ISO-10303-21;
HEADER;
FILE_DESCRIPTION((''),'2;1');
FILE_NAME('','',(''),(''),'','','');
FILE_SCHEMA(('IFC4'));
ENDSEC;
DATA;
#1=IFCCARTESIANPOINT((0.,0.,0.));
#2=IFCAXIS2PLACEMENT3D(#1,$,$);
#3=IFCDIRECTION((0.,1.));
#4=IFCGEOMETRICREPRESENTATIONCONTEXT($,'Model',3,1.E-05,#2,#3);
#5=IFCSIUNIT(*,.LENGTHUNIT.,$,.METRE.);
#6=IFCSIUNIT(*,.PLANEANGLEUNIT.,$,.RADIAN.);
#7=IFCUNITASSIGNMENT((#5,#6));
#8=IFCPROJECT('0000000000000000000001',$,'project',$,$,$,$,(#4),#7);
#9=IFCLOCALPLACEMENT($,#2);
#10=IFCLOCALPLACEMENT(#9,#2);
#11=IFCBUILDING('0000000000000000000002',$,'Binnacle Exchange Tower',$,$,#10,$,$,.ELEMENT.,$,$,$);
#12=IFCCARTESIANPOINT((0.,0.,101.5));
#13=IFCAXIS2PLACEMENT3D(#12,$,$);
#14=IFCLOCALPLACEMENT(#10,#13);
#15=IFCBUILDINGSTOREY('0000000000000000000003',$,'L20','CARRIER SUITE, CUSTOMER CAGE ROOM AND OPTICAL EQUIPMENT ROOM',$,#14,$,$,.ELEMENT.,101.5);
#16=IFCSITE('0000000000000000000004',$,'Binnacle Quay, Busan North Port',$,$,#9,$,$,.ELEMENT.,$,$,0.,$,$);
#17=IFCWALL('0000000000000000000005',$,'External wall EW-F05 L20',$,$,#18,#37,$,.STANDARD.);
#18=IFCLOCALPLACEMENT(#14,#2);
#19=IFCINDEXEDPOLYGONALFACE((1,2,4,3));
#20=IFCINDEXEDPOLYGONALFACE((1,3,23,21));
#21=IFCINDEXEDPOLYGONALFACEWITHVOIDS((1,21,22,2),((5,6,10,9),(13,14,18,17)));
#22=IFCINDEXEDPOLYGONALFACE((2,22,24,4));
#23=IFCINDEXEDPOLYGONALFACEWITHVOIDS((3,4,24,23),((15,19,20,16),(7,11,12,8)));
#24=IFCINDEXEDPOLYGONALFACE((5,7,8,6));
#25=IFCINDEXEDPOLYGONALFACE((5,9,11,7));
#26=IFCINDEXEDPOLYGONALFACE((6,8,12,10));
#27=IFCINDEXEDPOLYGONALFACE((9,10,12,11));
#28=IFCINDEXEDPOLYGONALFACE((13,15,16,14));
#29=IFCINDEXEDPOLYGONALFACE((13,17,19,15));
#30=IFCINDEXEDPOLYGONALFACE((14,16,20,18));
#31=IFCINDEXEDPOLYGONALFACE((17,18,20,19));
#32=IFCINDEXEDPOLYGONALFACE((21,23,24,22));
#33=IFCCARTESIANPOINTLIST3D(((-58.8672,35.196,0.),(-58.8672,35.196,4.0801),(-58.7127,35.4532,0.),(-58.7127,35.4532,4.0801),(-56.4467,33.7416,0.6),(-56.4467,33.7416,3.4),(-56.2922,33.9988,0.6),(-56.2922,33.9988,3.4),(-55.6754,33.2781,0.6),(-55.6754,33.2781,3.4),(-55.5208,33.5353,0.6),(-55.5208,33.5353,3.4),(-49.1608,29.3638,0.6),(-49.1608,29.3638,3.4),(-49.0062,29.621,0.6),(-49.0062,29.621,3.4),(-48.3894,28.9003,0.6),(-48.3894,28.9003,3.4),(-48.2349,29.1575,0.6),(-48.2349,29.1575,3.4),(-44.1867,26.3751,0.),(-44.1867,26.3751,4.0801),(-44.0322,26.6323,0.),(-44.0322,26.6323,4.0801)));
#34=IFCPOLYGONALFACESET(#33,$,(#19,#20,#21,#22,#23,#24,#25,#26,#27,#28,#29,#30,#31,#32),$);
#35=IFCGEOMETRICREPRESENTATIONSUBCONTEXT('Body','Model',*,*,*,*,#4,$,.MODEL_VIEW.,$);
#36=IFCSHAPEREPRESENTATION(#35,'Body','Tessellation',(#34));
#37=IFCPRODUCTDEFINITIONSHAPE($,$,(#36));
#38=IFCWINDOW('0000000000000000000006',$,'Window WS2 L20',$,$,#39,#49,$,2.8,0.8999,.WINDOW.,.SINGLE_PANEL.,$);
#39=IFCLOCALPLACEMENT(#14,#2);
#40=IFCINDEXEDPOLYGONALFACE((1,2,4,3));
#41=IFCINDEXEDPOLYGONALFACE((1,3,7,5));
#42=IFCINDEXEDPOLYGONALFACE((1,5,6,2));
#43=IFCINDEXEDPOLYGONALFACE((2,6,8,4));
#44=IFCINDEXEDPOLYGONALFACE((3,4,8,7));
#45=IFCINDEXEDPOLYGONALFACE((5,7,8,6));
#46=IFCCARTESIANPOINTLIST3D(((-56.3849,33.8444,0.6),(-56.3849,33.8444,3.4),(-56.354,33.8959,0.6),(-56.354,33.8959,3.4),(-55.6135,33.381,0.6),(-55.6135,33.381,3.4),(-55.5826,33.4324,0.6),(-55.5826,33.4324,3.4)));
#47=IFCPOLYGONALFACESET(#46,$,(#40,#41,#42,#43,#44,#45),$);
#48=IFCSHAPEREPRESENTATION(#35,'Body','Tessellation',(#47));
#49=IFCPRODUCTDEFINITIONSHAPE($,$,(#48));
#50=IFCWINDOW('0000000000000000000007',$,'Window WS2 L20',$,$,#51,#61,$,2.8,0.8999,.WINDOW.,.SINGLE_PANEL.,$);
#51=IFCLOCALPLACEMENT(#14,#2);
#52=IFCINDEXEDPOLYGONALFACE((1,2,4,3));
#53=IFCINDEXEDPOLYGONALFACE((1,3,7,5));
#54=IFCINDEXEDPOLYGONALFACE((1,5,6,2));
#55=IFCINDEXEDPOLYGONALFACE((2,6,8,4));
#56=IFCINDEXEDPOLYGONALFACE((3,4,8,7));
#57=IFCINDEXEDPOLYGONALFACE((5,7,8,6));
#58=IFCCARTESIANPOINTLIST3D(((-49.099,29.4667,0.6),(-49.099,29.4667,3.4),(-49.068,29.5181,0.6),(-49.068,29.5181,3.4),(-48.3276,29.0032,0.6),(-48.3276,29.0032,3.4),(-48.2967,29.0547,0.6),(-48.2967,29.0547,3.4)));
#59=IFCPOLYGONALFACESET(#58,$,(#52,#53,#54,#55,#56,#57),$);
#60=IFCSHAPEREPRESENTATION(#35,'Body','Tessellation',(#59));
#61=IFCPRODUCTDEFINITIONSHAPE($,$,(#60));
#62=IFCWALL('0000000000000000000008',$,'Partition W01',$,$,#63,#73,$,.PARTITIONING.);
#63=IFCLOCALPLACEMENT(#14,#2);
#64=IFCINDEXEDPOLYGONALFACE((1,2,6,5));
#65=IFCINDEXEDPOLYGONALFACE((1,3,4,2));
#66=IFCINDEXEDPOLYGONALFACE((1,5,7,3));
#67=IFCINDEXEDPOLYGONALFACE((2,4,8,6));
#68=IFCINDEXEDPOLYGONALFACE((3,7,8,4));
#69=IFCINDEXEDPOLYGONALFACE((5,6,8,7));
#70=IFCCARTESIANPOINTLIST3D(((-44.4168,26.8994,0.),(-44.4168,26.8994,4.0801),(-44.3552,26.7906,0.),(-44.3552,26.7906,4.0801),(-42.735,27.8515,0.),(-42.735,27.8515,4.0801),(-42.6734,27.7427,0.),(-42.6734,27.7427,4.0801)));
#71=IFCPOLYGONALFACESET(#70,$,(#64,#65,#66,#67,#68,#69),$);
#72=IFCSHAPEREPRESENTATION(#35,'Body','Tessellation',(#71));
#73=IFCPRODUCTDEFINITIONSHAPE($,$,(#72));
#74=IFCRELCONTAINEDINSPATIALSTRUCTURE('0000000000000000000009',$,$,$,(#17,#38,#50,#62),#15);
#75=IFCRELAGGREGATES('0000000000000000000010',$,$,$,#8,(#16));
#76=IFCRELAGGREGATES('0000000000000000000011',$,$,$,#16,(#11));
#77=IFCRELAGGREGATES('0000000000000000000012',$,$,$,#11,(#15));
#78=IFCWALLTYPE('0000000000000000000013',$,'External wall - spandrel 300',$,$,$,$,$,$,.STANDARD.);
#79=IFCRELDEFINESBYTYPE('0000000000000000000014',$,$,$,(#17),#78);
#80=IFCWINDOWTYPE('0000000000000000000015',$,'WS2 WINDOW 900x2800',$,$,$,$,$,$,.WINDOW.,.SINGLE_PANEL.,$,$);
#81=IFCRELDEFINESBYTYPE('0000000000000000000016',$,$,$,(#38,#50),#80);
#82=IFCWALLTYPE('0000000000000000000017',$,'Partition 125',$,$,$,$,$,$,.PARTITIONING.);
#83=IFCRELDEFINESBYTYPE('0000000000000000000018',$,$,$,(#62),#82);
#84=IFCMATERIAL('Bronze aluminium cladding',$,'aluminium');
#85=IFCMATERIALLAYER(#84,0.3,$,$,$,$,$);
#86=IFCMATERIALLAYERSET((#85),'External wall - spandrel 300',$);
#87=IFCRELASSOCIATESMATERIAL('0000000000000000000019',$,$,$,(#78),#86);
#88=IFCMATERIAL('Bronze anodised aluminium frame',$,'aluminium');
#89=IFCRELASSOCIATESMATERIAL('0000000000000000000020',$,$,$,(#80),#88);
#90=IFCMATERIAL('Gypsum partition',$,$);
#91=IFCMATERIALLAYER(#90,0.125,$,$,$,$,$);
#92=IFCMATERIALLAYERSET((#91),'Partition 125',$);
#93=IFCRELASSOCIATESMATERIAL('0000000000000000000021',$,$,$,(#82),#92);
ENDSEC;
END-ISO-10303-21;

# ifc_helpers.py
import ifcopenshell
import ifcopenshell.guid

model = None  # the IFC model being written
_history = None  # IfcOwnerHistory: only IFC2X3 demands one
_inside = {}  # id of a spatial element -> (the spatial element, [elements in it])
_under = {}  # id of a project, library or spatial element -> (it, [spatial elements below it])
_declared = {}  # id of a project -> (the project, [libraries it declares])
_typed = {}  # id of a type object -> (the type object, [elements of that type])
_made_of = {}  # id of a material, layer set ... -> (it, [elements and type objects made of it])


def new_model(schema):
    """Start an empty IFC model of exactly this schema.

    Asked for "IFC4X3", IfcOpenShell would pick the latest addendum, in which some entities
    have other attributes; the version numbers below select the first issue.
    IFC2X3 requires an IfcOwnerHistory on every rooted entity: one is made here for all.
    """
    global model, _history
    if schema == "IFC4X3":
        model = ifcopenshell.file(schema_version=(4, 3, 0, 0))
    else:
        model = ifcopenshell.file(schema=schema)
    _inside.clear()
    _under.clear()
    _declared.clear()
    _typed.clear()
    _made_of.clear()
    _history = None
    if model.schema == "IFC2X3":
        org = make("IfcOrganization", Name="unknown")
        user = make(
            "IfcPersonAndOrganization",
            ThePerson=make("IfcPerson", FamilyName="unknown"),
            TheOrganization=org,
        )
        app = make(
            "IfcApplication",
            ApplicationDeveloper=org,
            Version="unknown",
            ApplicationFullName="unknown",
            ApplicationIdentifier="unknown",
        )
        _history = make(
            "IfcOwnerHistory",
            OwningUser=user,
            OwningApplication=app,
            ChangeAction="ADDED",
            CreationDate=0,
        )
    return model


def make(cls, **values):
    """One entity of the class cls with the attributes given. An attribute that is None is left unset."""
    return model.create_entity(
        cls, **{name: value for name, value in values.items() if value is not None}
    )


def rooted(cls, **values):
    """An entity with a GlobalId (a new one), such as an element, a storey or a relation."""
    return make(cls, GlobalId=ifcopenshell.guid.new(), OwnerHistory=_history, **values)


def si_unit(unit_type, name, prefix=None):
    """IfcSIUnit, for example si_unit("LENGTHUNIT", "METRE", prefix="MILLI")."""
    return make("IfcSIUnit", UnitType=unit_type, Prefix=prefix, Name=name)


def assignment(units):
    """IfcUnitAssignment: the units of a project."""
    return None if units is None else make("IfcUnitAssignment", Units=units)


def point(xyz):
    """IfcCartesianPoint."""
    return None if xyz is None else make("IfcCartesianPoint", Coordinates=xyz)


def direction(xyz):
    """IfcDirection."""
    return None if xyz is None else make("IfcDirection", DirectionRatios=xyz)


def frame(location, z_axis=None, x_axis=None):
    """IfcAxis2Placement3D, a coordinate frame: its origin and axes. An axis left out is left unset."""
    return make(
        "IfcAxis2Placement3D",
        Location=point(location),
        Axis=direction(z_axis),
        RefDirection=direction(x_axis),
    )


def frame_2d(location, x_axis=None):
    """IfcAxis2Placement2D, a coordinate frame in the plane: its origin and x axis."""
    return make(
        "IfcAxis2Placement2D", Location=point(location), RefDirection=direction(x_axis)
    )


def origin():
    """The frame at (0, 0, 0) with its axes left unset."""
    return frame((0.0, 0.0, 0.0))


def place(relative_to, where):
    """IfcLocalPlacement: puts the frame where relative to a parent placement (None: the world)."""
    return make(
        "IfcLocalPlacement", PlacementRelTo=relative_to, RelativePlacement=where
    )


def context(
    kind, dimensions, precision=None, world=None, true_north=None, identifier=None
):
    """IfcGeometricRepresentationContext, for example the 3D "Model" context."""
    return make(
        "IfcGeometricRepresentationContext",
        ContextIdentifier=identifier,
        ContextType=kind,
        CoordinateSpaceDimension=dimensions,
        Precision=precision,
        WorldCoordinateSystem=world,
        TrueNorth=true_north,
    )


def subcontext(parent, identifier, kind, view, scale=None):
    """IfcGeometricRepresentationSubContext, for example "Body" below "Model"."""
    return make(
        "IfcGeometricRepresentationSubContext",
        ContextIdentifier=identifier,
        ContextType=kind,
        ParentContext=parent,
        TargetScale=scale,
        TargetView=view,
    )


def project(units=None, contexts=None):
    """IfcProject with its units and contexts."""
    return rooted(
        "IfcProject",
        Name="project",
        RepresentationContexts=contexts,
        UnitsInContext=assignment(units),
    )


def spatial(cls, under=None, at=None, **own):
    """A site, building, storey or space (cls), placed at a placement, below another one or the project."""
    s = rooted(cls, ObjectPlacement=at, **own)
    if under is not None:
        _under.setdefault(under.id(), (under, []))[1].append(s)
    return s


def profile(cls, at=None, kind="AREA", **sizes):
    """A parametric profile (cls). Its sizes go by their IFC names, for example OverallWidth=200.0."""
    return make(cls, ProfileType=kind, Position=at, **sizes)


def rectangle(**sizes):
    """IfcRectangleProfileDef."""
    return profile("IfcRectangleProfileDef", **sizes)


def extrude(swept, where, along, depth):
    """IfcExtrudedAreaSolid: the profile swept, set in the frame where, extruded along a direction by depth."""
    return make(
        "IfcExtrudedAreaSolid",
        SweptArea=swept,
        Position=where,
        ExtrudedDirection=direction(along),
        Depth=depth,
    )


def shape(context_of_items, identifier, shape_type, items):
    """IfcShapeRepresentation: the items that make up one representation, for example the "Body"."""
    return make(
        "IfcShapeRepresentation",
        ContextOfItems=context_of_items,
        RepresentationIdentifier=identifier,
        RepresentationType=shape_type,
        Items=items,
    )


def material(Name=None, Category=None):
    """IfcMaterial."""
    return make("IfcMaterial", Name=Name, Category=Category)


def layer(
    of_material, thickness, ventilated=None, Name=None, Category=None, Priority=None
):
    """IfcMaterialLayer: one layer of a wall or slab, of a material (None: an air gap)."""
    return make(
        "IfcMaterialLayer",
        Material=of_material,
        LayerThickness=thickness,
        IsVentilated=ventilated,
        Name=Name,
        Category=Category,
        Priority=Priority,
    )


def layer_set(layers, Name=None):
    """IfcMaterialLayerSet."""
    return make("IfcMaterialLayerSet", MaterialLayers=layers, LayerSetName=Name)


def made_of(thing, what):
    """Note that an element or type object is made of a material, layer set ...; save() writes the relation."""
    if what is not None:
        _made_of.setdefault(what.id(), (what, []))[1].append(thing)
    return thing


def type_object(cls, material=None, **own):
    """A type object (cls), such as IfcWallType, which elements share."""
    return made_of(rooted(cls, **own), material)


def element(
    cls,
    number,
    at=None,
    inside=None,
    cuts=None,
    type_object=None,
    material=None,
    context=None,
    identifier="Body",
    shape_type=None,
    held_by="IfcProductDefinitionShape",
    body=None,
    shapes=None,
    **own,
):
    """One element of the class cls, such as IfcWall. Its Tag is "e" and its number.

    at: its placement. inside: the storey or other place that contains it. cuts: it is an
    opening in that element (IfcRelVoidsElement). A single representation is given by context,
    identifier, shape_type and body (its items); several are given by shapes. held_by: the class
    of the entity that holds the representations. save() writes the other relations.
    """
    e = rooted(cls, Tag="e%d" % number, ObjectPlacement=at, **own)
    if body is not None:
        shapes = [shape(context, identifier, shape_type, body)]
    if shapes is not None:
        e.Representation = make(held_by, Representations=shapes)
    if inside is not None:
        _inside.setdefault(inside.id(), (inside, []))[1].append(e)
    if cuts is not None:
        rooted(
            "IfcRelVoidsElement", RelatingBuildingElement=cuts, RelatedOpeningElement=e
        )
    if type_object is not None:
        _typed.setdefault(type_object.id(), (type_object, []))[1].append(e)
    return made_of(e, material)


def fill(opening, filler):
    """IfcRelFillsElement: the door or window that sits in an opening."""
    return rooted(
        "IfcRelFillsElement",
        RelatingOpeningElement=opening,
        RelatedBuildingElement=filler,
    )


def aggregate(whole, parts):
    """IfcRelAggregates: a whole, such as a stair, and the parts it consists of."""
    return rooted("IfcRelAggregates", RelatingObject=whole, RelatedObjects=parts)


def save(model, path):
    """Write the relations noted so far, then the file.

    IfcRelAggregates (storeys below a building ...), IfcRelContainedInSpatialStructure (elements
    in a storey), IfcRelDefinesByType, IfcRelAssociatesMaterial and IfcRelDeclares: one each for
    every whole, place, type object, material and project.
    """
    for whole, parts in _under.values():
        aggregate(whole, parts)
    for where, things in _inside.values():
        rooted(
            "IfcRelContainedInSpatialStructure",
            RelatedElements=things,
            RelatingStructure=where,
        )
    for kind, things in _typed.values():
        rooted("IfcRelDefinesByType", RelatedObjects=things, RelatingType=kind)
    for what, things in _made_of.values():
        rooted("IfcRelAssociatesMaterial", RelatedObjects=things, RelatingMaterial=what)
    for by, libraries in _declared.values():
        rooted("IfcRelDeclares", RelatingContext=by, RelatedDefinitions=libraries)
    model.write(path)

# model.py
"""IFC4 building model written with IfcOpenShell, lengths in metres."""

from ifc_helpers import new_model, si_unit, direction, frame, frame_2d, origin, place, context, subcontext, project, spatial, rectangle, extrude, material, layer, layer_set, type_object, element, fill, save


model = new_model("IFC4")

# Units and contexts
model_context = context("Model", 3, precision=1e-05, world=origin(), true_north=direction((0.0, 1.0)))
body_context = subcontext(model_context, "Body", "Model", "MODEL_VIEW")
ifc_project = project(units=[si_unit("LENGTHUNIT", "METRE"), si_unit("PLANEANGLEUNIT", "RADIAN")], contexts=[model_context])

# Site, building, storey
site_placement = place(None, origin())
site = spatial("IfcSite", under=ifc_project, at=site_placement, Name="Binnacle Quay, Busan North Port", CompositionType="ELEMENT", RefElevation=0.0)
building_placement = place(site_placement, origin())
building = spatial("IfcBuilding", under=site, at=building_placement, Name="Binnacle Exchange Tower", CompositionType="ELEMENT")
storey_placement = place(building_placement, frame((0.0, 0.0, 101.5)))
storey = spatial("IfcBuildingStorey", under=building, at=storey_placement, Name="L20", Description="CARRIER SUITE, CUSTOMER CAGE ROOM AND OPTICAL EQUIPMENT ROOM", CompositionType="ELEMENT", Elevation=101.5)

# Shared definitions
ifc_material_1 = material(Name="Bronze aluminium cladding", Category="aluminium")
ifc_layer_1 = layer(ifc_material_1, 0.3)
ifc_layer_set_1 = layer_set([ifc_layer_1], Name="External wall - spandrel 300")
wall_type_1 = type_object("IfcWallType", Name="External wall - spandrel 300", PredefinedType="STANDARD", material=ifc_layer_set_1)
ifc_material_2 = material(Name="Bronze anodised aluminium frame", Category="aluminium")
window_type = type_object("IfcWindowType", Name="WS2 WINDOW 900x2800", PartitioningType="SINGLE_PANEL", PredefinedType="WINDOW", material=ifc_material_2)

# Wall, openings, windows
wall_1_placement = place(storey_placement, frame((-44.1094, 26.5037, 0.0), z_axis=(0.0, 0.0, 1.0), x_axis=(-0.85717, 0.515034, 0.0)))
wall_1 = element("IfcWall", 1, at=wall_1_placement, inside=storey, type_object=wall_type_1, Name="External wall EW-F05 L20", PredefinedType="STANDARD", context=body_context, shape_type="SweptSolid", body=[
    extrude(rectangle(XDim=17.1267, YDim=0.3, at=frame_2d((8.5635, 0.0))), origin(), (0.0, 0.0, 1.0), 4.0801),
])
opening_1_placement = place(wall_1_placement, frame((13.4031, 0.0, 0.6001)))
opening_1 = element("IfcOpeningElement", 2, at=opening_1_placement, cuts=wall_1, PredefinedType="OPENING", context=body_context, shape_type="SweptSolid", body=[
    extrude(rectangle(XDim=0.8999, YDim=2.8, at=frame_2d((0.45, 1.3999))), frame((0.0, 0.1599, 0.0), z_axis=(0.0, -1.0, 0.0), x_axis=(1.0, 0.0, 0.0)), (0.0, 0.0, 1.0), 0.3201),
])
opening_2_placement = place(wall_1_placement, frame((4.9031, 0.0, 0.6001)))
opening_2 = element("IfcOpeningElement", 3, at=opening_2_placement, cuts=wall_1, PredefinedType="OPENING", context=body_context, shape_type="SweptSolid", body=[
    extrude(rectangle(XDim=0.8999, YDim=2.8, at=frame_2d((0.45, 1.3999))), frame((0.0, 0.1599, 0.0), z_axis=(0.0, -1.0, 0.0), x_axis=(1.0, 0.0, 0.0)), (0.0, 0.0, 1.0), 0.3201),
])
window_1_placement = place(opening_1_placement, origin())
window_1 = element("IfcWindow", 4, at=window_1_placement, inside=storey, type_object=window_type, Name="Window WS2 L20", OverallHeight=2.8, OverallWidth=0.8999, PartitioningType="SINGLE_PANEL", PredefinedType="WINDOW", context=body_context, shape_type="SweptSolid", body=[
    extrude(rectangle(XDim=0.8999, YDim=2.8, at=frame_2d((0.45, 1.3999))), frame((0.0, 0.03, 0.0), z_axis=(0.0, -1.0, 0.0), x_axis=(1.0, 0.0, 0.0)), (0.0, 0.0, 1.0), 0.0601),
])
fill(opening_1, window_1)
window_2_placement = place(opening_2_placement, origin())
window_2 = element("IfcWindow", 5, at=window_2_placement, inside=storey, type_object=window_type, Name="Window WS2 L20", OverallHeight=2.8, OverallWidth=0.8999, PartitioningType="SINGLE_PANEL", PredefinedType="WINDOW", context=body_context, shape_type="SweptSolid", body=[
    extrude(rectangle(XDim=0.8999, YDim=2.8, at=frame_2d((0.45, 1.3999))), frame((0.0, 0.03, 0.0), z_axis=(0.0, -1.0, 0.0), x_axis=(1.0, 0.0, 0.0)), (0.0, 0.0, 1.0), 0.0601),
])
fill(opening_2, window_2)

# Wall
ifc_material_3 = material(Name="Gypsum partition")
ifc_layer_2 = layer(ifc_material_3, 0.125)
ifc_layer_set_2 = layer_set([ifc_layer_2], Name="Partition 125")
wall_type_2 = type_object("IfcWallType", Name="Partition 125", PredefinedType="PARTITIONING", material=ifc_layer_set_2)
wall_2_placement = place(storey_placement, frame((-44.386, 26.845, 0.0), z_axis=(0.0, 0.0, 1.0), x_axis=(0.870226, 0.492652, 0.0)))
element("IfcWall", 6, at=wall_2_placement, inside=storey, type_object=wall_type_2, Name="Partition W01", PredefinedType="PARTITIONING", context=body_context, shape_type="SweptSolid", body=[
    extrude(rectangle(XDim=1.9326, YDim=0.125, at=frame_2d((0.9663, 0.0))), origin(), (0.0, 0.0, 1.0), 4.0801),
])

save(model, "model.ifc")
